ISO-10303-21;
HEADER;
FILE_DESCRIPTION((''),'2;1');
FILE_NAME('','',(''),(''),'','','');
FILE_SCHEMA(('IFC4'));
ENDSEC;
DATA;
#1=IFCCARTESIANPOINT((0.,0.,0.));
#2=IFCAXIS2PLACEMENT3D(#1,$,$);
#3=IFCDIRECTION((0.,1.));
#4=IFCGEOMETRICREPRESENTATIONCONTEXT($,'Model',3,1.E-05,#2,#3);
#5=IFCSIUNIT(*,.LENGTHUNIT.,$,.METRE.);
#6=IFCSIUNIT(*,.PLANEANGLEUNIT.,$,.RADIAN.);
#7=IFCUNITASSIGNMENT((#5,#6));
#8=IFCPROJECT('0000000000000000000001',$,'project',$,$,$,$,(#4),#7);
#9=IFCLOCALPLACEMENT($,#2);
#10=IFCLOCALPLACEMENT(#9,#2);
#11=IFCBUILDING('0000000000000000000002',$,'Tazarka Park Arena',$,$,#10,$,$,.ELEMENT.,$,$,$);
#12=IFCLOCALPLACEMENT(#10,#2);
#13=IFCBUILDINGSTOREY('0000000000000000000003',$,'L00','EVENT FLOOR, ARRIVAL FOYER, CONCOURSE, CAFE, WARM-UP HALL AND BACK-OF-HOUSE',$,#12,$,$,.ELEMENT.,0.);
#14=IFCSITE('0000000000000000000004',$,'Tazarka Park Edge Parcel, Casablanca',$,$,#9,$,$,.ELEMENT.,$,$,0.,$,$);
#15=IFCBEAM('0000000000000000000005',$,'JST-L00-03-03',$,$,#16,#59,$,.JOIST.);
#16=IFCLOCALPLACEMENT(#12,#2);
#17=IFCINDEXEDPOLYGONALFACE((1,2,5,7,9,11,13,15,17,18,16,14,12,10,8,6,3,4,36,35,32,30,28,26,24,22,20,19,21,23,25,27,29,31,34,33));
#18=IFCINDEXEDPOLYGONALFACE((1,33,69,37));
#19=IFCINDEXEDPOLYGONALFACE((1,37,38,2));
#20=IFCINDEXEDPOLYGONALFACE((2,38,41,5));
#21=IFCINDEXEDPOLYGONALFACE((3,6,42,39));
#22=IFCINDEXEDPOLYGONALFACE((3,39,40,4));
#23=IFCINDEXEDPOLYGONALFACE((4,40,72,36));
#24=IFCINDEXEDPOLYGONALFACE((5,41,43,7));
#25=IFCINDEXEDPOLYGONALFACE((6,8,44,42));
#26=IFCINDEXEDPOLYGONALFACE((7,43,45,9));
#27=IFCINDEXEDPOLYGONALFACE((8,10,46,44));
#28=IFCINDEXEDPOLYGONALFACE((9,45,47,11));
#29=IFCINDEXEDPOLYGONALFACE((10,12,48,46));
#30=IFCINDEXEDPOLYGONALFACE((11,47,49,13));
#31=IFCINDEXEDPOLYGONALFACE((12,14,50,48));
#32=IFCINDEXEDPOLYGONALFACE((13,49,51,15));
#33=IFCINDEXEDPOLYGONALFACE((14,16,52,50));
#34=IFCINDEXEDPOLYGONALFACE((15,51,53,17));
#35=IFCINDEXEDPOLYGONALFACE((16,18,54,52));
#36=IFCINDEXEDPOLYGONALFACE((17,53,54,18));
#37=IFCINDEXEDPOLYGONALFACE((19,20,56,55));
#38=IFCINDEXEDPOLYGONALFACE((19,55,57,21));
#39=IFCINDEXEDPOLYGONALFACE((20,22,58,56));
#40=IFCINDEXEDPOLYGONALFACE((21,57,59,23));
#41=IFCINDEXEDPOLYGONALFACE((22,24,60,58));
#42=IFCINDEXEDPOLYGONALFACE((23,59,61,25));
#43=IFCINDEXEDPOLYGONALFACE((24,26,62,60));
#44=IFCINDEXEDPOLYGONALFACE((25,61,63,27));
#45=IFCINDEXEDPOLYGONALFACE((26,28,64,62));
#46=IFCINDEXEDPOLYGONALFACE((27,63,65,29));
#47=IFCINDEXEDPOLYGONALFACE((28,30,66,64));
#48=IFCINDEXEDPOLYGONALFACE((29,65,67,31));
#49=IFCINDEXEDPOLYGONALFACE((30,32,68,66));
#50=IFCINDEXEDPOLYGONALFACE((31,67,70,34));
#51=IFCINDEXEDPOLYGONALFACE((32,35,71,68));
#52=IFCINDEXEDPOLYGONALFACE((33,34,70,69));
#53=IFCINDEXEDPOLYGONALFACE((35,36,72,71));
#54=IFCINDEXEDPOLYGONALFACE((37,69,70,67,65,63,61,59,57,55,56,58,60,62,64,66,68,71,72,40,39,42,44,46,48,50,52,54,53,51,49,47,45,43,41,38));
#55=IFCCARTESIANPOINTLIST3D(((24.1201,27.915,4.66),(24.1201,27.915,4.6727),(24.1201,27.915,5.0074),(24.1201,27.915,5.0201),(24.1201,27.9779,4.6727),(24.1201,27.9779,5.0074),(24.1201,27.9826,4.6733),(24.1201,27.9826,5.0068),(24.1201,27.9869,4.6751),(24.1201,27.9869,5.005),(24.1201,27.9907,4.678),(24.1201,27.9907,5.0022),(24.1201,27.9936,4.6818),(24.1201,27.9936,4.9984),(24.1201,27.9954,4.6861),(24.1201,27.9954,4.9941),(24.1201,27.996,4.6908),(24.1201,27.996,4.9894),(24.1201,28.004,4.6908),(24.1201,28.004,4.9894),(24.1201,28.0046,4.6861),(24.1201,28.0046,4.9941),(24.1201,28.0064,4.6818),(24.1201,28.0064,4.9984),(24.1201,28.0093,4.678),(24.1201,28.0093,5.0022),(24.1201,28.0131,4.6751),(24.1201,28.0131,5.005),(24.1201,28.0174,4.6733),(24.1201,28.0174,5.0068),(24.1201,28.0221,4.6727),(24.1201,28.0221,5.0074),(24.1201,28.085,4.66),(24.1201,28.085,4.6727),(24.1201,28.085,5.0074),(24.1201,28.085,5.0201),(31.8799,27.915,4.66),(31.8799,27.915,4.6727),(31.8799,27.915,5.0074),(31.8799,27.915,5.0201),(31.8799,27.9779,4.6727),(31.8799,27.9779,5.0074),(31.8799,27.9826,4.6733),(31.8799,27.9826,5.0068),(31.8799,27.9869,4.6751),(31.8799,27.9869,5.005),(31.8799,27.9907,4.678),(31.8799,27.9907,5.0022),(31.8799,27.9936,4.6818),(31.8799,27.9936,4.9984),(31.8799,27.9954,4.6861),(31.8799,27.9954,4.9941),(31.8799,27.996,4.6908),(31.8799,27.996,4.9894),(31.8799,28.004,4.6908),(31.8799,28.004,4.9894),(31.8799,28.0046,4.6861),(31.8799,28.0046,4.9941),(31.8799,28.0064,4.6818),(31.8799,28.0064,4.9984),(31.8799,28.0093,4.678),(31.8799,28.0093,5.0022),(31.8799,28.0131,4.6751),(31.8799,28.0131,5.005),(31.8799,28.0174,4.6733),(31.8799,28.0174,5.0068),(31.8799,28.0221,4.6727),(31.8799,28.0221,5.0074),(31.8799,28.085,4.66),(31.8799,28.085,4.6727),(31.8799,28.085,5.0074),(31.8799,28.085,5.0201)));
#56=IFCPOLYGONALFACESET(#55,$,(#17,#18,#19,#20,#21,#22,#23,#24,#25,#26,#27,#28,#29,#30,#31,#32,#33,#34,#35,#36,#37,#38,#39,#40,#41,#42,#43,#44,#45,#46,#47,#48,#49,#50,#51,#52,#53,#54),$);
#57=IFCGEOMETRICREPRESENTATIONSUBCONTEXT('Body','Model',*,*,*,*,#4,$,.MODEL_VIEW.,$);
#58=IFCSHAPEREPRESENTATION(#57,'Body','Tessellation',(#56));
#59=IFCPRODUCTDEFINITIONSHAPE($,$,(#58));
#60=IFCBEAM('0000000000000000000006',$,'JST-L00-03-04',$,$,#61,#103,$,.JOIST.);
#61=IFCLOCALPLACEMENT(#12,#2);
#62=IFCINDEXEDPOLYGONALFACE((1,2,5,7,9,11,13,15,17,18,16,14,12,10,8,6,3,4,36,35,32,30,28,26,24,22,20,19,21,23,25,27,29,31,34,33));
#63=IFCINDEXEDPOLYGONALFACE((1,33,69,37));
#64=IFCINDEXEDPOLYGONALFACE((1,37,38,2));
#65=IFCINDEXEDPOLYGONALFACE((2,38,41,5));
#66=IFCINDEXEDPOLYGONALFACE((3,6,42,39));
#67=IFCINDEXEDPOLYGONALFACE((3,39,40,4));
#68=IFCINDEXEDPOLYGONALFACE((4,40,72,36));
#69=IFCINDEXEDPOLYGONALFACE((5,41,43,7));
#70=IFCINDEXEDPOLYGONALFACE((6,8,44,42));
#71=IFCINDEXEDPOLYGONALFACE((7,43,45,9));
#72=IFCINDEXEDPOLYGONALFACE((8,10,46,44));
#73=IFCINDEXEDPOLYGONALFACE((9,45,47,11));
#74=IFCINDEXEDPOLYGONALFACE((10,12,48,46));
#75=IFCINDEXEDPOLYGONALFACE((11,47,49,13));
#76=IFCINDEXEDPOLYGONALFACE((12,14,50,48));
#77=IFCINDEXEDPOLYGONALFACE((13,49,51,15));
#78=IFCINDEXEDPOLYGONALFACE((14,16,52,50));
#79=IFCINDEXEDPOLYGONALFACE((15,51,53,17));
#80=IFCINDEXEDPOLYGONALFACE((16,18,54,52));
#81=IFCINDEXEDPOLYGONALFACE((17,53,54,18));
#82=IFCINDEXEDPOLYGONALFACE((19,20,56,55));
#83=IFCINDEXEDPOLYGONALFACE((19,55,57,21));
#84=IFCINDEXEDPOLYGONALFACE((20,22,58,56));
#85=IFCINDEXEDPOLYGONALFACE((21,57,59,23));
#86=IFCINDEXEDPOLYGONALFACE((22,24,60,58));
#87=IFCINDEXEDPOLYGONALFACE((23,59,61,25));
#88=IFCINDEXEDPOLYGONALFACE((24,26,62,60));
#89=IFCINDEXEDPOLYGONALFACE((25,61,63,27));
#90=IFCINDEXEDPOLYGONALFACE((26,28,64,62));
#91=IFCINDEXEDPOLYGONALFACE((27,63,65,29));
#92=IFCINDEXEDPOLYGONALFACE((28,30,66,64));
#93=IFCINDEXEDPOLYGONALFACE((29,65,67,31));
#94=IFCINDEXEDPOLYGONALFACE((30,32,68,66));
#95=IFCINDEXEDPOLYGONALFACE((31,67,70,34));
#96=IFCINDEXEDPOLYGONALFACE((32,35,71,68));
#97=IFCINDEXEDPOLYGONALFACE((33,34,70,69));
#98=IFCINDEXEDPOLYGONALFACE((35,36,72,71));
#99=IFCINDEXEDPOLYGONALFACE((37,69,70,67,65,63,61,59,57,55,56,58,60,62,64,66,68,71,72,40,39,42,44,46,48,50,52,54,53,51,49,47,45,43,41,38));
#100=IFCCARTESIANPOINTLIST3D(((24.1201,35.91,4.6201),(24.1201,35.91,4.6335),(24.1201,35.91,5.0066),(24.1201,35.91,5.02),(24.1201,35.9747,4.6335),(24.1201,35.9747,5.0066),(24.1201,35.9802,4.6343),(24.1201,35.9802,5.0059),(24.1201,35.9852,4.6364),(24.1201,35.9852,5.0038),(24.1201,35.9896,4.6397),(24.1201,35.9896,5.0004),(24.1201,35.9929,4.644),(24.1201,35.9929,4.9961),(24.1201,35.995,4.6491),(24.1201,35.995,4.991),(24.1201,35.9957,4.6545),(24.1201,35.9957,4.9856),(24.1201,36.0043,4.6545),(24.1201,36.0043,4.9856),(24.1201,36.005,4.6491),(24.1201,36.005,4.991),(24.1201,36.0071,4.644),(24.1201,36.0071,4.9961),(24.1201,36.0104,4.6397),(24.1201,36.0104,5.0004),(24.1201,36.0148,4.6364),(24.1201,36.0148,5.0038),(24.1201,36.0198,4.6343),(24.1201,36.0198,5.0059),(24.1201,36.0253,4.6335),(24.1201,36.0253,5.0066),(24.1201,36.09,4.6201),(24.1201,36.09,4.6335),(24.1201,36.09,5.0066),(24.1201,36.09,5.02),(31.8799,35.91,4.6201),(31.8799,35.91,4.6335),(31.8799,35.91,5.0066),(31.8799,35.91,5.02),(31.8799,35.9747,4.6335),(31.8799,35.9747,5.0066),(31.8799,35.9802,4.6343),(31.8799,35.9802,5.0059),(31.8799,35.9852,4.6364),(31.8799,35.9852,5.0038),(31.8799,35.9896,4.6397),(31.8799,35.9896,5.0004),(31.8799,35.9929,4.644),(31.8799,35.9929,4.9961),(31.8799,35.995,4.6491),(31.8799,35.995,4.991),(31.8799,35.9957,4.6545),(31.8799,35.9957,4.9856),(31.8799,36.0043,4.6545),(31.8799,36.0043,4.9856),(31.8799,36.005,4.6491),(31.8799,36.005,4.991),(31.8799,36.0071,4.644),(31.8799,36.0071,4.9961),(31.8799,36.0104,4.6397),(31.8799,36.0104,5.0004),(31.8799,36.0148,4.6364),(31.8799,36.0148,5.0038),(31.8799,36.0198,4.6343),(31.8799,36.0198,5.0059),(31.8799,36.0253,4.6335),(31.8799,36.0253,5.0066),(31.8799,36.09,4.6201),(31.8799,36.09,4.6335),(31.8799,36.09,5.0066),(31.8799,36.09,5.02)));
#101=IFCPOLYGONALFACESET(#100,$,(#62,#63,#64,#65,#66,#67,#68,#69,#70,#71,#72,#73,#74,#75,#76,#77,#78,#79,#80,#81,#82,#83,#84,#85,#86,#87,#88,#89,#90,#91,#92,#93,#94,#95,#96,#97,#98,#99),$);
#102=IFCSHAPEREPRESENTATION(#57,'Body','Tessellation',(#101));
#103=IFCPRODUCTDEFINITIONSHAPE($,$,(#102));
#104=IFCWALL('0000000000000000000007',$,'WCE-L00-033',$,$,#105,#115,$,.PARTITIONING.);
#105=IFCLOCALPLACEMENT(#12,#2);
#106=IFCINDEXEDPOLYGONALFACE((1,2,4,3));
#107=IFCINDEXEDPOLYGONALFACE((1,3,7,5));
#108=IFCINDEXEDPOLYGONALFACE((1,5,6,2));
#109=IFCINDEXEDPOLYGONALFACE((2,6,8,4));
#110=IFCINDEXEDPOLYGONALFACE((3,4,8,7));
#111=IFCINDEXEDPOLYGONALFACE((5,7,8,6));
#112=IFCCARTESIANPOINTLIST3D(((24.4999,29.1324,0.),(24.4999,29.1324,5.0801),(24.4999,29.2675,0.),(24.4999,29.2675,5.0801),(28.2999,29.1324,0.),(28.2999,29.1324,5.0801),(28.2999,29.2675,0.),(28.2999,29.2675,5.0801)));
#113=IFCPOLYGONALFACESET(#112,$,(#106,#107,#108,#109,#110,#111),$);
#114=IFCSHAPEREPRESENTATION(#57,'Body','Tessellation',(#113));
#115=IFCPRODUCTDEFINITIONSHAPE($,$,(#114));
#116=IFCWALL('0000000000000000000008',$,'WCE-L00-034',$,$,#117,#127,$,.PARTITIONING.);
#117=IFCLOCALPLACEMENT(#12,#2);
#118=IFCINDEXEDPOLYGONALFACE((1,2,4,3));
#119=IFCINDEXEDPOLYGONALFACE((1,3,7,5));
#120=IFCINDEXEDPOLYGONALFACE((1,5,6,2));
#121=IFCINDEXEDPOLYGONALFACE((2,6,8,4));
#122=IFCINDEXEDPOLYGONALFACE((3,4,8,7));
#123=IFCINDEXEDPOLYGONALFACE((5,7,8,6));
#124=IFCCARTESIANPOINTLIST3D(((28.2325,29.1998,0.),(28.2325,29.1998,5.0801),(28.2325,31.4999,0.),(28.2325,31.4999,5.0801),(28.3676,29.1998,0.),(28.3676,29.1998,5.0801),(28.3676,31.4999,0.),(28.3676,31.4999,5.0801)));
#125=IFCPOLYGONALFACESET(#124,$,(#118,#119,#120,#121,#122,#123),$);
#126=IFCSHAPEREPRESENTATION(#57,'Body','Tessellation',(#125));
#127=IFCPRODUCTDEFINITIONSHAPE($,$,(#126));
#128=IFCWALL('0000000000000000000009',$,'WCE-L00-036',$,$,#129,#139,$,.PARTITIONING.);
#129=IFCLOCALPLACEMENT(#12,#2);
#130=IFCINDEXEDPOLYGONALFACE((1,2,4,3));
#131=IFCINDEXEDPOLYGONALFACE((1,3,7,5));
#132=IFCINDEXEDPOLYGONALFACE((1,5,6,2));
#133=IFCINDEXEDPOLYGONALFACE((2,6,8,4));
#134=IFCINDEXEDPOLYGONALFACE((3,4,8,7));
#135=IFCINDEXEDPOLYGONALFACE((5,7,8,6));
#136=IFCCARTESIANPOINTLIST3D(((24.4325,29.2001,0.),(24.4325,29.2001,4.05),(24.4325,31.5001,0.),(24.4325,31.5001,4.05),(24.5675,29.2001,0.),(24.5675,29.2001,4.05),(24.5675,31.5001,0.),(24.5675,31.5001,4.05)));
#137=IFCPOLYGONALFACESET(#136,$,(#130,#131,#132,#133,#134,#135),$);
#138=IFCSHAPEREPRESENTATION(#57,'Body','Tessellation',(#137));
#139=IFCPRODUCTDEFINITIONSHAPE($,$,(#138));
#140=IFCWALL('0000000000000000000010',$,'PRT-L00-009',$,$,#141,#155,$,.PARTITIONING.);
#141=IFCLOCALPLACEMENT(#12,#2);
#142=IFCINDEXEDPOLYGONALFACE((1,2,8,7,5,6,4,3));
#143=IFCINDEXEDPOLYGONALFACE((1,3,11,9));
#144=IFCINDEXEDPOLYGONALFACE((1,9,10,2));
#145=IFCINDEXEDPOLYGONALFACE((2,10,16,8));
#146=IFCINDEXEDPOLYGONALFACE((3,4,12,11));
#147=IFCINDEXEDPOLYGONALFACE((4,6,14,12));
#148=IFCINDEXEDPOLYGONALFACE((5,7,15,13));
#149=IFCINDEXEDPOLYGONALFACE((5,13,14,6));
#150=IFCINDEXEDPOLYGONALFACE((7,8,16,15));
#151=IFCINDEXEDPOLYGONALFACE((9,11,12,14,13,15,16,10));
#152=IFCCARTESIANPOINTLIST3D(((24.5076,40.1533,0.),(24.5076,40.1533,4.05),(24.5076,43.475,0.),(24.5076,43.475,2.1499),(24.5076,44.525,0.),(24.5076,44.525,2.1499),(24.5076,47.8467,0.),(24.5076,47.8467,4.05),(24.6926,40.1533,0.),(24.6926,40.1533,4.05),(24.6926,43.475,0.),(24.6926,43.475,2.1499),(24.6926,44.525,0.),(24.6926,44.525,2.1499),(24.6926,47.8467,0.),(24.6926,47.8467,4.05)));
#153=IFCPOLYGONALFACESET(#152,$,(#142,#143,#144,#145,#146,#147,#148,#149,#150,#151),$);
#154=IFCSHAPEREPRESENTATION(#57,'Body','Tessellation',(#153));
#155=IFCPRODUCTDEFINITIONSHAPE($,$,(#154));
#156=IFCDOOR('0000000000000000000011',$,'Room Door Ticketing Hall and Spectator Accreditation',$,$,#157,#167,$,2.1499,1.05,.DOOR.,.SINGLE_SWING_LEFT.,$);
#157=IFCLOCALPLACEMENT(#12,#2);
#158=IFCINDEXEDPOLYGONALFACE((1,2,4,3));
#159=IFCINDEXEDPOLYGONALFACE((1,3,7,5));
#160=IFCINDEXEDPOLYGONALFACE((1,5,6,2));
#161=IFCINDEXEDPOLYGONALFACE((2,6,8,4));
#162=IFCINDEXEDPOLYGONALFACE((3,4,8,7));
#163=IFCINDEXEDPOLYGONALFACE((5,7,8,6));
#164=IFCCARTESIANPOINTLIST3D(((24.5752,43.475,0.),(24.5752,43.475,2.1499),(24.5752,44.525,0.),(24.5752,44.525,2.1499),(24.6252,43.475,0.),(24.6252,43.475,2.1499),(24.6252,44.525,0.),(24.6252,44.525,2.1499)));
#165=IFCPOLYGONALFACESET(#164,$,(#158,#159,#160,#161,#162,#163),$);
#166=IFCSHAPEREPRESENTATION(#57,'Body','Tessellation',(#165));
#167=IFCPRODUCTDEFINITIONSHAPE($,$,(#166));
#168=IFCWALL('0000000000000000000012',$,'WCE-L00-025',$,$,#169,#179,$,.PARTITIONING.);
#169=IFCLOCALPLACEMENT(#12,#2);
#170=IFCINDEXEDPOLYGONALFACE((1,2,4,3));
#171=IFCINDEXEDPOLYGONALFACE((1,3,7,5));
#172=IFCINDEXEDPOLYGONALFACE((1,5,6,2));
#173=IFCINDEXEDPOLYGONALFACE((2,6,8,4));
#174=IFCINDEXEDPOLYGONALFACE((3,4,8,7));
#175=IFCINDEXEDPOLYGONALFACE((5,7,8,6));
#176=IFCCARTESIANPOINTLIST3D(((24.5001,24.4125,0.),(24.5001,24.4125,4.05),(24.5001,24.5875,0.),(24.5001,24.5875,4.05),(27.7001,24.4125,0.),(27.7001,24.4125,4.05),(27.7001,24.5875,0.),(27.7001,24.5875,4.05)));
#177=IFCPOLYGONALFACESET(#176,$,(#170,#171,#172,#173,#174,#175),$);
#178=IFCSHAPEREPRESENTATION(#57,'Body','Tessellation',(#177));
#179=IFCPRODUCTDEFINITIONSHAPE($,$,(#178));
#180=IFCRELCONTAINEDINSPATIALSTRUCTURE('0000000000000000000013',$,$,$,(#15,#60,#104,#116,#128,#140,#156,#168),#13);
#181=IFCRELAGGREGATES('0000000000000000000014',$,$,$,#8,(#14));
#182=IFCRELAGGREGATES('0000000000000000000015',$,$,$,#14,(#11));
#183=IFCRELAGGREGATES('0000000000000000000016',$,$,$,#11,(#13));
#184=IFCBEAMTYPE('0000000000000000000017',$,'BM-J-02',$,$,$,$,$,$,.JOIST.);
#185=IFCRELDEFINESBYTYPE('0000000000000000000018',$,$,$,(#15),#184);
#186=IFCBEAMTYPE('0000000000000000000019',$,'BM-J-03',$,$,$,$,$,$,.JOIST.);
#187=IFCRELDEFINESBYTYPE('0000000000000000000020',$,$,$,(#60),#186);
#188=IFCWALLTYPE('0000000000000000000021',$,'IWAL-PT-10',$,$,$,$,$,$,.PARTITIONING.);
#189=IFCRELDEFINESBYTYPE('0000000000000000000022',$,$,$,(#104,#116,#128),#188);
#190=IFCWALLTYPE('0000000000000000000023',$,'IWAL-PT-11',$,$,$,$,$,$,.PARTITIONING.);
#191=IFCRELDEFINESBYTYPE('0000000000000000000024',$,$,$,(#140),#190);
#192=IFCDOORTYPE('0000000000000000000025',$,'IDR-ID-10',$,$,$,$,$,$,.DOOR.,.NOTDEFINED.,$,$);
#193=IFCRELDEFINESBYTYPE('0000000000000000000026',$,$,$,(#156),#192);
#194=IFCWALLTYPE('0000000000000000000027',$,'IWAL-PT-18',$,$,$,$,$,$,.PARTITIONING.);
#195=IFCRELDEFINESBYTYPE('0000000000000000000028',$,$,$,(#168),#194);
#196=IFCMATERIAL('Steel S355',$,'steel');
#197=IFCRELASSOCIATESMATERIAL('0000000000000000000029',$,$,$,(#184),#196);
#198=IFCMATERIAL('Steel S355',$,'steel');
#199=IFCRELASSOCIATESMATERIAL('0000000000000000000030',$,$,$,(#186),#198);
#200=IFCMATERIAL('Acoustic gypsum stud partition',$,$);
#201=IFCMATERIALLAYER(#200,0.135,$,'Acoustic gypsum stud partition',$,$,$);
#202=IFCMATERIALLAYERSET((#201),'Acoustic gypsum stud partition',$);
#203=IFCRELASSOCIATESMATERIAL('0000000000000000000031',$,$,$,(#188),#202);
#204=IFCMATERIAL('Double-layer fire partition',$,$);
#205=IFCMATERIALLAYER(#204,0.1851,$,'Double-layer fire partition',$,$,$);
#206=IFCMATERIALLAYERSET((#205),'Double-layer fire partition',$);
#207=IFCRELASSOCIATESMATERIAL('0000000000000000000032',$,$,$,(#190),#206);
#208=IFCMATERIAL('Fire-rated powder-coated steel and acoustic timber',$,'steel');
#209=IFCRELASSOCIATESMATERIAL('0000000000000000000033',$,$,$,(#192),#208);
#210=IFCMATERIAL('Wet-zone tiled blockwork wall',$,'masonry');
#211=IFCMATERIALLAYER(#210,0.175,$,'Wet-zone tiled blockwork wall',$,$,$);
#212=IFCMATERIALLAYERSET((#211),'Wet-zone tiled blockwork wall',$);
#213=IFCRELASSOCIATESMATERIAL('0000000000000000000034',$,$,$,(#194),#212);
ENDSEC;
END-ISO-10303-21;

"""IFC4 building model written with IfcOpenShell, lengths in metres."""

from ifc_helpers import new_model, si_unit, direction, frame, frame_2d, origin, origin_2d, place, context, subcontext, project, spatial, rectangle, i_section, extrude, material, layer, layer_set, material_profile, profile_set, type_object, element, fill, save


model = new_model("IFC4")

# Units and contexts
model_context = context("Model", 3, precision=1e-05, world=origin(), true_north=direction((0.0, 1.0)))
body_context = subcontext(model_context, "Body", "Model", "MODEL_VIEW")
ifc_project = project(units=[si_unit("LENGTHUNIT", "METRE"), si_unit("PLANEANGLEUNIT", "RADIAN")], contexts=[model_context])

# Site, building, storey
site_placement = place(None, origin())
site = spatial("IfcSite", under=ifc_project, at=site_placement, Name="Tazarka Park Edge Parcel, Casablanca", CompositionType="ELEMENT", RefElevation=0.0)
building_placement = place(site_placement, origin())
building = spatial("IfcBuilding", under=site, at=building_placement, Name="Tazarka Park Arena", CompositionType="ELEMENT")
storey_placement = place(building_placement, origin())
storey = spatial("IfcBuildingStorey", under=building, at=storey_placement, Name="L00", Description="EVENT FLOOR, ARRIVAL FOYER, CONCOURSE, CAFE, WARM-UP HALL AND BACK-OF-HOUSE", CompositionType="ELEMENT", Elevation=0.0)

# Beams
ifc_material_1 = material(Name="Steel S355", Category="steel")
ifc_material_profile_1 = material_profile(ifc_material_1, i_section(OverallWidth=0.1699, OverallDepth=0.3601, WebThickness=0.0081, FlangeThickness=0.0127, FilletRadius=0.0181, at=origin_2d()), Name="Steel S355")
ifc_profile_set_1 = profile_set([ifc_material_profile_1], Name="Steel S355")
beam_type_1 = type_object("IfcBeamType", Name="BM-J-02", PredefinedType="JOIST", material=ifc_profile_set_1)
beam_1_placement = place(storey_placement, frame((24.1201, 28.0, 4.8401), z_axis=(1.0, 0.0, 0.0), x_axis=(0.0, 1.0, 0.0)))
element("IfcBeam", 1, at=beam_1_placement, inside=storey, type_object=beam_type_1, Name="JST-L00-03-03", PredefinedType="JOIST", context=body_context, shape_type="SweptSolid", body=[
    extrude(i_section(OverallWidth=0.1699, OverallDepth=0.3601, WebThickness=0.0081, FlangeThickness=0.0127, FilletRadius=0.0181, at=origin_2d()), origin(), (0.0, 0.0, 1.0), 7.7598),
])
ifc_material_2 = material(Name="Steel S355", Category="steel")
ifc_material_profile_2 = material_profile(ifc_material_2, i_section(OverallWidth=0.1799, OverallDepth=0.3999, WebThickness=0.0085, FlangeThickness=0.0134, FilletRadius=0.021, at=origin_2d()), Name="Steel S355")
ifc_profile_set_2 = profile_set([ifc_material_profile_2], Name="Steel S355")
beam_type_2 = type_object("IfcBeamType", Name="BM-J-03", PredefinedType="JOIST", material=ifc_profile_set_2)
beam_2_placement = place(storey_placement, frame((24.1201, 36.0, 4.8201), z_axis=(1.0, 0.0, 0.0), x_axis=(0.0, 1.0, 0.0)))
element("IfcBeam", 2, at=beam_2_placement, inside=storey, type_object=beam_type_2, Name="JST-L00-03-04", PredefinedType="JOIST", context=body_context, shape_type="SweptSolid", body=[
    extrude(i_section(OverallWidth=0.1799, OverallDepth=0.3999, WebThickness=0.0085, FlangeThickness=0.0134, FilletRadius=0.021, at=origin_2d()), origin(), (0.0, 0.0, 1.0), 7.7598),
])

# Walls
ifc_material_3 = material(Name="Acoustic gypsum stud partition")
ifc_layer_1 = layer(ifc_material_3, 0.135, Name="Acoustic gypsum stud partition")
ifc_layer_set_1 = layer_set([ifc_layer_1], Name="Acoustic gypsum stud partition")
wall_type_1 = type_object("IfcWallType", Name="IWAL-PT-10", PredefinedType="PARTITIONING", material=ifc_layer_set_1)
wall_1_placement = place(storey_placement, frame((24.5, 29.2, 0.0), z_axis=(0.0, 0.0, 1.0), x_axis=(1.0, 0.0, 0.0)))
element("IfcWall", 3, at=wall_1_placement, inside=storey, type_object=wall_type_1, Name="WCE-L00-033", PredefinedType="PARTITIONING", context=body_context, shape_type="SweptSolid", body=[
    extrude(rectangle(XDim=3.8, YDim=0.135, at=frame_2d((1.8999, 0.0))), origin(), (0.0, 0.0, 1.0), 5.0801),
])
wall_2_placement = place(storey_placement, frame((28.3, 29.2, 0.0), z_axis=(0.0, 0.0, 1.0), x_axis=(0.0, 1.0, 0.0)))
element("IfcWall", 4, at=wall_2_placement, inside=storey, type_object=wall_type_1, Name="WCE-L00-034", PredefinedType="PARTITIONING", context=body_context, shape_type="SweptSolid", body=[
    extrude(rectangle(XDim=2.3, YDim=0.135, at=frame_2d((1.1499, 0.0))), origin(), (0.0, 0.0, 1.0), 5.0801),
])

# Wall
wall_3_placement = place(storey_placement, frame((24.5, 31.5, 0.0), z_axis=(0.0, 0.0, 1.0), x_axis=(0.0, -1.0, 0.0)))
element("IfcWall", 5, at=wall_3_placement, inside=storey, type_object=wall_type_1, Name="WCE-L00-036", PredefinedType="PARTITIONING", context=body_context, shape_type="SweptSolid", body=[
    extrude(rectangle(XDim=2.3, YDim=0.135, at=frame_2d((1.1499, 0.0))), origin(), (0.0, 0.0, 1.0), 4.05),
])

# Wall, opening, door
ifc_material_4 = material(Name="Double-layer fire partition")
ifc_layer_2 = layer(ifc_material_4, 0.1851, Name="Double-layer fire partition")
ifc_layer_set_2 = layer_set([ifc_layer_2], Name="Double-layer fire partition")
wall_type_2 = type_object("IfcWallType", Name="IWAL-PT-11", PredefinedType="PARTITIONING", material=ifc_layer_set_2)
wall_4_placement = place(storey_placement, frame((24.6001, 40.1533, 0.0), z_axis=(0.0, 0.0, 1.0), x_axis=(0.0, 1.0, 0.0)))
wall_4 = element("IfcWall", 6, at=wall_4_placement, inside=storey, type_object=wall_type_2, Name="PRT-L00-009", PredefinedType="PARTITIONING", context=body_context, shape_type="SweptSolid", body=[
    extrude(rectangle(XDim=7.6934, YDim=0.1851, at=frame_2d((3.8467, 0.0))), origin(), (0.0, 0.0, 1.0), 4.05),
])
opening_1_placement = place(wall_4_placement, frame((3.3218, 0.0, 0.0)))
opening_1 = element("IfcOpeningElement", 7, at=opening_1_placement, cuts=wall_4, PredefinedType="OPENING", context=body_context, shape_type="SweptSolid", body=[
    extrude(rectangle(XDim=1.05, YDim=2.1499, at=frame_2d((0.5249, 1.075))), frame((0.0, 0.1025, 0.0), z_axis=(0.0, -1.0, 0.0), x_axis=(1.0, 0.0, 0.0)), (0.0, 0.0, 1.0), 0.2051),
])
ifc_material_5 = material(Name="Fire-rated powder-coated steel and acoustic timber", Category="steel")
door_type_1 = type_object("IfcDoorType", Name="IDR-ID-10", OperationType="NOTDEFINED", PredefinedType="DOOR", material=ifc_material_5)
door_1_placement = place(opening_1_placement, origin())
door_1 = element("IfcDoor", 8, at=door_1_placement, inside=storey, type_object=door_type_1, Name="Room Door Ticketing Hall and Spectator Accreditation", OperationType="SINGLE_SWING_LEFT", OverallHeight=2.1499, OverallWidth=1.05, PredefinedType="DOOR", context=body_context, shape_type="SweptSolid", body=[
    extrude(rectangle(XDim=1.05, YDim=2.1499, at=frame_2d((0.5249, 1.075))), frame((0.0, 0.0249, 0.0), z_axis=(0.0, -1.0, 0.0), x_axis=(1.0, 0.0, 0.0)), (0.0, 0.0, 1.0), 0.05),
])
fill(opening_1, door_1)

# Wall
ifc_material_6 = material(Name="Wet-zone tiled blockwork wall", Category="masonry")
ifc_layer_3 = layer(ifc_material_6, 0.175, Name="Wet-zone tiled blockwork wall")
ifc_layer_set_3 = layer_set([ifc_layer_3], Name="Wet-zone tiled blockwork wall")
wall_type_3 = type_object("IfcWallType", Name="IWAL-PT-18", PredefinedType="PARTITIONING", material=ifc_layer_set_3)
wall_5_placement = place(storey_placement, frame((24.5, 24.5, 0.0), z_axis=(0.0, 0.0, 1.0), x_axis=(1.0, 0.0, 0.0)))
element("IfcWall", 9, at=wall_5_placement, inside=storey, type_object=wall_type_3, Name="WCE-L00-025", PredefinedType="PARTITIONING", context=body_context, shape_type="SweptSolid", body=[
    extrude(rectangle(XDim=3.2, YDim=0.175, at=frame_2d((1.6001, 0.0))), origin(), (0.0, 0.0, 1.0), 4.05),
])

save(model, "model.ifc")
